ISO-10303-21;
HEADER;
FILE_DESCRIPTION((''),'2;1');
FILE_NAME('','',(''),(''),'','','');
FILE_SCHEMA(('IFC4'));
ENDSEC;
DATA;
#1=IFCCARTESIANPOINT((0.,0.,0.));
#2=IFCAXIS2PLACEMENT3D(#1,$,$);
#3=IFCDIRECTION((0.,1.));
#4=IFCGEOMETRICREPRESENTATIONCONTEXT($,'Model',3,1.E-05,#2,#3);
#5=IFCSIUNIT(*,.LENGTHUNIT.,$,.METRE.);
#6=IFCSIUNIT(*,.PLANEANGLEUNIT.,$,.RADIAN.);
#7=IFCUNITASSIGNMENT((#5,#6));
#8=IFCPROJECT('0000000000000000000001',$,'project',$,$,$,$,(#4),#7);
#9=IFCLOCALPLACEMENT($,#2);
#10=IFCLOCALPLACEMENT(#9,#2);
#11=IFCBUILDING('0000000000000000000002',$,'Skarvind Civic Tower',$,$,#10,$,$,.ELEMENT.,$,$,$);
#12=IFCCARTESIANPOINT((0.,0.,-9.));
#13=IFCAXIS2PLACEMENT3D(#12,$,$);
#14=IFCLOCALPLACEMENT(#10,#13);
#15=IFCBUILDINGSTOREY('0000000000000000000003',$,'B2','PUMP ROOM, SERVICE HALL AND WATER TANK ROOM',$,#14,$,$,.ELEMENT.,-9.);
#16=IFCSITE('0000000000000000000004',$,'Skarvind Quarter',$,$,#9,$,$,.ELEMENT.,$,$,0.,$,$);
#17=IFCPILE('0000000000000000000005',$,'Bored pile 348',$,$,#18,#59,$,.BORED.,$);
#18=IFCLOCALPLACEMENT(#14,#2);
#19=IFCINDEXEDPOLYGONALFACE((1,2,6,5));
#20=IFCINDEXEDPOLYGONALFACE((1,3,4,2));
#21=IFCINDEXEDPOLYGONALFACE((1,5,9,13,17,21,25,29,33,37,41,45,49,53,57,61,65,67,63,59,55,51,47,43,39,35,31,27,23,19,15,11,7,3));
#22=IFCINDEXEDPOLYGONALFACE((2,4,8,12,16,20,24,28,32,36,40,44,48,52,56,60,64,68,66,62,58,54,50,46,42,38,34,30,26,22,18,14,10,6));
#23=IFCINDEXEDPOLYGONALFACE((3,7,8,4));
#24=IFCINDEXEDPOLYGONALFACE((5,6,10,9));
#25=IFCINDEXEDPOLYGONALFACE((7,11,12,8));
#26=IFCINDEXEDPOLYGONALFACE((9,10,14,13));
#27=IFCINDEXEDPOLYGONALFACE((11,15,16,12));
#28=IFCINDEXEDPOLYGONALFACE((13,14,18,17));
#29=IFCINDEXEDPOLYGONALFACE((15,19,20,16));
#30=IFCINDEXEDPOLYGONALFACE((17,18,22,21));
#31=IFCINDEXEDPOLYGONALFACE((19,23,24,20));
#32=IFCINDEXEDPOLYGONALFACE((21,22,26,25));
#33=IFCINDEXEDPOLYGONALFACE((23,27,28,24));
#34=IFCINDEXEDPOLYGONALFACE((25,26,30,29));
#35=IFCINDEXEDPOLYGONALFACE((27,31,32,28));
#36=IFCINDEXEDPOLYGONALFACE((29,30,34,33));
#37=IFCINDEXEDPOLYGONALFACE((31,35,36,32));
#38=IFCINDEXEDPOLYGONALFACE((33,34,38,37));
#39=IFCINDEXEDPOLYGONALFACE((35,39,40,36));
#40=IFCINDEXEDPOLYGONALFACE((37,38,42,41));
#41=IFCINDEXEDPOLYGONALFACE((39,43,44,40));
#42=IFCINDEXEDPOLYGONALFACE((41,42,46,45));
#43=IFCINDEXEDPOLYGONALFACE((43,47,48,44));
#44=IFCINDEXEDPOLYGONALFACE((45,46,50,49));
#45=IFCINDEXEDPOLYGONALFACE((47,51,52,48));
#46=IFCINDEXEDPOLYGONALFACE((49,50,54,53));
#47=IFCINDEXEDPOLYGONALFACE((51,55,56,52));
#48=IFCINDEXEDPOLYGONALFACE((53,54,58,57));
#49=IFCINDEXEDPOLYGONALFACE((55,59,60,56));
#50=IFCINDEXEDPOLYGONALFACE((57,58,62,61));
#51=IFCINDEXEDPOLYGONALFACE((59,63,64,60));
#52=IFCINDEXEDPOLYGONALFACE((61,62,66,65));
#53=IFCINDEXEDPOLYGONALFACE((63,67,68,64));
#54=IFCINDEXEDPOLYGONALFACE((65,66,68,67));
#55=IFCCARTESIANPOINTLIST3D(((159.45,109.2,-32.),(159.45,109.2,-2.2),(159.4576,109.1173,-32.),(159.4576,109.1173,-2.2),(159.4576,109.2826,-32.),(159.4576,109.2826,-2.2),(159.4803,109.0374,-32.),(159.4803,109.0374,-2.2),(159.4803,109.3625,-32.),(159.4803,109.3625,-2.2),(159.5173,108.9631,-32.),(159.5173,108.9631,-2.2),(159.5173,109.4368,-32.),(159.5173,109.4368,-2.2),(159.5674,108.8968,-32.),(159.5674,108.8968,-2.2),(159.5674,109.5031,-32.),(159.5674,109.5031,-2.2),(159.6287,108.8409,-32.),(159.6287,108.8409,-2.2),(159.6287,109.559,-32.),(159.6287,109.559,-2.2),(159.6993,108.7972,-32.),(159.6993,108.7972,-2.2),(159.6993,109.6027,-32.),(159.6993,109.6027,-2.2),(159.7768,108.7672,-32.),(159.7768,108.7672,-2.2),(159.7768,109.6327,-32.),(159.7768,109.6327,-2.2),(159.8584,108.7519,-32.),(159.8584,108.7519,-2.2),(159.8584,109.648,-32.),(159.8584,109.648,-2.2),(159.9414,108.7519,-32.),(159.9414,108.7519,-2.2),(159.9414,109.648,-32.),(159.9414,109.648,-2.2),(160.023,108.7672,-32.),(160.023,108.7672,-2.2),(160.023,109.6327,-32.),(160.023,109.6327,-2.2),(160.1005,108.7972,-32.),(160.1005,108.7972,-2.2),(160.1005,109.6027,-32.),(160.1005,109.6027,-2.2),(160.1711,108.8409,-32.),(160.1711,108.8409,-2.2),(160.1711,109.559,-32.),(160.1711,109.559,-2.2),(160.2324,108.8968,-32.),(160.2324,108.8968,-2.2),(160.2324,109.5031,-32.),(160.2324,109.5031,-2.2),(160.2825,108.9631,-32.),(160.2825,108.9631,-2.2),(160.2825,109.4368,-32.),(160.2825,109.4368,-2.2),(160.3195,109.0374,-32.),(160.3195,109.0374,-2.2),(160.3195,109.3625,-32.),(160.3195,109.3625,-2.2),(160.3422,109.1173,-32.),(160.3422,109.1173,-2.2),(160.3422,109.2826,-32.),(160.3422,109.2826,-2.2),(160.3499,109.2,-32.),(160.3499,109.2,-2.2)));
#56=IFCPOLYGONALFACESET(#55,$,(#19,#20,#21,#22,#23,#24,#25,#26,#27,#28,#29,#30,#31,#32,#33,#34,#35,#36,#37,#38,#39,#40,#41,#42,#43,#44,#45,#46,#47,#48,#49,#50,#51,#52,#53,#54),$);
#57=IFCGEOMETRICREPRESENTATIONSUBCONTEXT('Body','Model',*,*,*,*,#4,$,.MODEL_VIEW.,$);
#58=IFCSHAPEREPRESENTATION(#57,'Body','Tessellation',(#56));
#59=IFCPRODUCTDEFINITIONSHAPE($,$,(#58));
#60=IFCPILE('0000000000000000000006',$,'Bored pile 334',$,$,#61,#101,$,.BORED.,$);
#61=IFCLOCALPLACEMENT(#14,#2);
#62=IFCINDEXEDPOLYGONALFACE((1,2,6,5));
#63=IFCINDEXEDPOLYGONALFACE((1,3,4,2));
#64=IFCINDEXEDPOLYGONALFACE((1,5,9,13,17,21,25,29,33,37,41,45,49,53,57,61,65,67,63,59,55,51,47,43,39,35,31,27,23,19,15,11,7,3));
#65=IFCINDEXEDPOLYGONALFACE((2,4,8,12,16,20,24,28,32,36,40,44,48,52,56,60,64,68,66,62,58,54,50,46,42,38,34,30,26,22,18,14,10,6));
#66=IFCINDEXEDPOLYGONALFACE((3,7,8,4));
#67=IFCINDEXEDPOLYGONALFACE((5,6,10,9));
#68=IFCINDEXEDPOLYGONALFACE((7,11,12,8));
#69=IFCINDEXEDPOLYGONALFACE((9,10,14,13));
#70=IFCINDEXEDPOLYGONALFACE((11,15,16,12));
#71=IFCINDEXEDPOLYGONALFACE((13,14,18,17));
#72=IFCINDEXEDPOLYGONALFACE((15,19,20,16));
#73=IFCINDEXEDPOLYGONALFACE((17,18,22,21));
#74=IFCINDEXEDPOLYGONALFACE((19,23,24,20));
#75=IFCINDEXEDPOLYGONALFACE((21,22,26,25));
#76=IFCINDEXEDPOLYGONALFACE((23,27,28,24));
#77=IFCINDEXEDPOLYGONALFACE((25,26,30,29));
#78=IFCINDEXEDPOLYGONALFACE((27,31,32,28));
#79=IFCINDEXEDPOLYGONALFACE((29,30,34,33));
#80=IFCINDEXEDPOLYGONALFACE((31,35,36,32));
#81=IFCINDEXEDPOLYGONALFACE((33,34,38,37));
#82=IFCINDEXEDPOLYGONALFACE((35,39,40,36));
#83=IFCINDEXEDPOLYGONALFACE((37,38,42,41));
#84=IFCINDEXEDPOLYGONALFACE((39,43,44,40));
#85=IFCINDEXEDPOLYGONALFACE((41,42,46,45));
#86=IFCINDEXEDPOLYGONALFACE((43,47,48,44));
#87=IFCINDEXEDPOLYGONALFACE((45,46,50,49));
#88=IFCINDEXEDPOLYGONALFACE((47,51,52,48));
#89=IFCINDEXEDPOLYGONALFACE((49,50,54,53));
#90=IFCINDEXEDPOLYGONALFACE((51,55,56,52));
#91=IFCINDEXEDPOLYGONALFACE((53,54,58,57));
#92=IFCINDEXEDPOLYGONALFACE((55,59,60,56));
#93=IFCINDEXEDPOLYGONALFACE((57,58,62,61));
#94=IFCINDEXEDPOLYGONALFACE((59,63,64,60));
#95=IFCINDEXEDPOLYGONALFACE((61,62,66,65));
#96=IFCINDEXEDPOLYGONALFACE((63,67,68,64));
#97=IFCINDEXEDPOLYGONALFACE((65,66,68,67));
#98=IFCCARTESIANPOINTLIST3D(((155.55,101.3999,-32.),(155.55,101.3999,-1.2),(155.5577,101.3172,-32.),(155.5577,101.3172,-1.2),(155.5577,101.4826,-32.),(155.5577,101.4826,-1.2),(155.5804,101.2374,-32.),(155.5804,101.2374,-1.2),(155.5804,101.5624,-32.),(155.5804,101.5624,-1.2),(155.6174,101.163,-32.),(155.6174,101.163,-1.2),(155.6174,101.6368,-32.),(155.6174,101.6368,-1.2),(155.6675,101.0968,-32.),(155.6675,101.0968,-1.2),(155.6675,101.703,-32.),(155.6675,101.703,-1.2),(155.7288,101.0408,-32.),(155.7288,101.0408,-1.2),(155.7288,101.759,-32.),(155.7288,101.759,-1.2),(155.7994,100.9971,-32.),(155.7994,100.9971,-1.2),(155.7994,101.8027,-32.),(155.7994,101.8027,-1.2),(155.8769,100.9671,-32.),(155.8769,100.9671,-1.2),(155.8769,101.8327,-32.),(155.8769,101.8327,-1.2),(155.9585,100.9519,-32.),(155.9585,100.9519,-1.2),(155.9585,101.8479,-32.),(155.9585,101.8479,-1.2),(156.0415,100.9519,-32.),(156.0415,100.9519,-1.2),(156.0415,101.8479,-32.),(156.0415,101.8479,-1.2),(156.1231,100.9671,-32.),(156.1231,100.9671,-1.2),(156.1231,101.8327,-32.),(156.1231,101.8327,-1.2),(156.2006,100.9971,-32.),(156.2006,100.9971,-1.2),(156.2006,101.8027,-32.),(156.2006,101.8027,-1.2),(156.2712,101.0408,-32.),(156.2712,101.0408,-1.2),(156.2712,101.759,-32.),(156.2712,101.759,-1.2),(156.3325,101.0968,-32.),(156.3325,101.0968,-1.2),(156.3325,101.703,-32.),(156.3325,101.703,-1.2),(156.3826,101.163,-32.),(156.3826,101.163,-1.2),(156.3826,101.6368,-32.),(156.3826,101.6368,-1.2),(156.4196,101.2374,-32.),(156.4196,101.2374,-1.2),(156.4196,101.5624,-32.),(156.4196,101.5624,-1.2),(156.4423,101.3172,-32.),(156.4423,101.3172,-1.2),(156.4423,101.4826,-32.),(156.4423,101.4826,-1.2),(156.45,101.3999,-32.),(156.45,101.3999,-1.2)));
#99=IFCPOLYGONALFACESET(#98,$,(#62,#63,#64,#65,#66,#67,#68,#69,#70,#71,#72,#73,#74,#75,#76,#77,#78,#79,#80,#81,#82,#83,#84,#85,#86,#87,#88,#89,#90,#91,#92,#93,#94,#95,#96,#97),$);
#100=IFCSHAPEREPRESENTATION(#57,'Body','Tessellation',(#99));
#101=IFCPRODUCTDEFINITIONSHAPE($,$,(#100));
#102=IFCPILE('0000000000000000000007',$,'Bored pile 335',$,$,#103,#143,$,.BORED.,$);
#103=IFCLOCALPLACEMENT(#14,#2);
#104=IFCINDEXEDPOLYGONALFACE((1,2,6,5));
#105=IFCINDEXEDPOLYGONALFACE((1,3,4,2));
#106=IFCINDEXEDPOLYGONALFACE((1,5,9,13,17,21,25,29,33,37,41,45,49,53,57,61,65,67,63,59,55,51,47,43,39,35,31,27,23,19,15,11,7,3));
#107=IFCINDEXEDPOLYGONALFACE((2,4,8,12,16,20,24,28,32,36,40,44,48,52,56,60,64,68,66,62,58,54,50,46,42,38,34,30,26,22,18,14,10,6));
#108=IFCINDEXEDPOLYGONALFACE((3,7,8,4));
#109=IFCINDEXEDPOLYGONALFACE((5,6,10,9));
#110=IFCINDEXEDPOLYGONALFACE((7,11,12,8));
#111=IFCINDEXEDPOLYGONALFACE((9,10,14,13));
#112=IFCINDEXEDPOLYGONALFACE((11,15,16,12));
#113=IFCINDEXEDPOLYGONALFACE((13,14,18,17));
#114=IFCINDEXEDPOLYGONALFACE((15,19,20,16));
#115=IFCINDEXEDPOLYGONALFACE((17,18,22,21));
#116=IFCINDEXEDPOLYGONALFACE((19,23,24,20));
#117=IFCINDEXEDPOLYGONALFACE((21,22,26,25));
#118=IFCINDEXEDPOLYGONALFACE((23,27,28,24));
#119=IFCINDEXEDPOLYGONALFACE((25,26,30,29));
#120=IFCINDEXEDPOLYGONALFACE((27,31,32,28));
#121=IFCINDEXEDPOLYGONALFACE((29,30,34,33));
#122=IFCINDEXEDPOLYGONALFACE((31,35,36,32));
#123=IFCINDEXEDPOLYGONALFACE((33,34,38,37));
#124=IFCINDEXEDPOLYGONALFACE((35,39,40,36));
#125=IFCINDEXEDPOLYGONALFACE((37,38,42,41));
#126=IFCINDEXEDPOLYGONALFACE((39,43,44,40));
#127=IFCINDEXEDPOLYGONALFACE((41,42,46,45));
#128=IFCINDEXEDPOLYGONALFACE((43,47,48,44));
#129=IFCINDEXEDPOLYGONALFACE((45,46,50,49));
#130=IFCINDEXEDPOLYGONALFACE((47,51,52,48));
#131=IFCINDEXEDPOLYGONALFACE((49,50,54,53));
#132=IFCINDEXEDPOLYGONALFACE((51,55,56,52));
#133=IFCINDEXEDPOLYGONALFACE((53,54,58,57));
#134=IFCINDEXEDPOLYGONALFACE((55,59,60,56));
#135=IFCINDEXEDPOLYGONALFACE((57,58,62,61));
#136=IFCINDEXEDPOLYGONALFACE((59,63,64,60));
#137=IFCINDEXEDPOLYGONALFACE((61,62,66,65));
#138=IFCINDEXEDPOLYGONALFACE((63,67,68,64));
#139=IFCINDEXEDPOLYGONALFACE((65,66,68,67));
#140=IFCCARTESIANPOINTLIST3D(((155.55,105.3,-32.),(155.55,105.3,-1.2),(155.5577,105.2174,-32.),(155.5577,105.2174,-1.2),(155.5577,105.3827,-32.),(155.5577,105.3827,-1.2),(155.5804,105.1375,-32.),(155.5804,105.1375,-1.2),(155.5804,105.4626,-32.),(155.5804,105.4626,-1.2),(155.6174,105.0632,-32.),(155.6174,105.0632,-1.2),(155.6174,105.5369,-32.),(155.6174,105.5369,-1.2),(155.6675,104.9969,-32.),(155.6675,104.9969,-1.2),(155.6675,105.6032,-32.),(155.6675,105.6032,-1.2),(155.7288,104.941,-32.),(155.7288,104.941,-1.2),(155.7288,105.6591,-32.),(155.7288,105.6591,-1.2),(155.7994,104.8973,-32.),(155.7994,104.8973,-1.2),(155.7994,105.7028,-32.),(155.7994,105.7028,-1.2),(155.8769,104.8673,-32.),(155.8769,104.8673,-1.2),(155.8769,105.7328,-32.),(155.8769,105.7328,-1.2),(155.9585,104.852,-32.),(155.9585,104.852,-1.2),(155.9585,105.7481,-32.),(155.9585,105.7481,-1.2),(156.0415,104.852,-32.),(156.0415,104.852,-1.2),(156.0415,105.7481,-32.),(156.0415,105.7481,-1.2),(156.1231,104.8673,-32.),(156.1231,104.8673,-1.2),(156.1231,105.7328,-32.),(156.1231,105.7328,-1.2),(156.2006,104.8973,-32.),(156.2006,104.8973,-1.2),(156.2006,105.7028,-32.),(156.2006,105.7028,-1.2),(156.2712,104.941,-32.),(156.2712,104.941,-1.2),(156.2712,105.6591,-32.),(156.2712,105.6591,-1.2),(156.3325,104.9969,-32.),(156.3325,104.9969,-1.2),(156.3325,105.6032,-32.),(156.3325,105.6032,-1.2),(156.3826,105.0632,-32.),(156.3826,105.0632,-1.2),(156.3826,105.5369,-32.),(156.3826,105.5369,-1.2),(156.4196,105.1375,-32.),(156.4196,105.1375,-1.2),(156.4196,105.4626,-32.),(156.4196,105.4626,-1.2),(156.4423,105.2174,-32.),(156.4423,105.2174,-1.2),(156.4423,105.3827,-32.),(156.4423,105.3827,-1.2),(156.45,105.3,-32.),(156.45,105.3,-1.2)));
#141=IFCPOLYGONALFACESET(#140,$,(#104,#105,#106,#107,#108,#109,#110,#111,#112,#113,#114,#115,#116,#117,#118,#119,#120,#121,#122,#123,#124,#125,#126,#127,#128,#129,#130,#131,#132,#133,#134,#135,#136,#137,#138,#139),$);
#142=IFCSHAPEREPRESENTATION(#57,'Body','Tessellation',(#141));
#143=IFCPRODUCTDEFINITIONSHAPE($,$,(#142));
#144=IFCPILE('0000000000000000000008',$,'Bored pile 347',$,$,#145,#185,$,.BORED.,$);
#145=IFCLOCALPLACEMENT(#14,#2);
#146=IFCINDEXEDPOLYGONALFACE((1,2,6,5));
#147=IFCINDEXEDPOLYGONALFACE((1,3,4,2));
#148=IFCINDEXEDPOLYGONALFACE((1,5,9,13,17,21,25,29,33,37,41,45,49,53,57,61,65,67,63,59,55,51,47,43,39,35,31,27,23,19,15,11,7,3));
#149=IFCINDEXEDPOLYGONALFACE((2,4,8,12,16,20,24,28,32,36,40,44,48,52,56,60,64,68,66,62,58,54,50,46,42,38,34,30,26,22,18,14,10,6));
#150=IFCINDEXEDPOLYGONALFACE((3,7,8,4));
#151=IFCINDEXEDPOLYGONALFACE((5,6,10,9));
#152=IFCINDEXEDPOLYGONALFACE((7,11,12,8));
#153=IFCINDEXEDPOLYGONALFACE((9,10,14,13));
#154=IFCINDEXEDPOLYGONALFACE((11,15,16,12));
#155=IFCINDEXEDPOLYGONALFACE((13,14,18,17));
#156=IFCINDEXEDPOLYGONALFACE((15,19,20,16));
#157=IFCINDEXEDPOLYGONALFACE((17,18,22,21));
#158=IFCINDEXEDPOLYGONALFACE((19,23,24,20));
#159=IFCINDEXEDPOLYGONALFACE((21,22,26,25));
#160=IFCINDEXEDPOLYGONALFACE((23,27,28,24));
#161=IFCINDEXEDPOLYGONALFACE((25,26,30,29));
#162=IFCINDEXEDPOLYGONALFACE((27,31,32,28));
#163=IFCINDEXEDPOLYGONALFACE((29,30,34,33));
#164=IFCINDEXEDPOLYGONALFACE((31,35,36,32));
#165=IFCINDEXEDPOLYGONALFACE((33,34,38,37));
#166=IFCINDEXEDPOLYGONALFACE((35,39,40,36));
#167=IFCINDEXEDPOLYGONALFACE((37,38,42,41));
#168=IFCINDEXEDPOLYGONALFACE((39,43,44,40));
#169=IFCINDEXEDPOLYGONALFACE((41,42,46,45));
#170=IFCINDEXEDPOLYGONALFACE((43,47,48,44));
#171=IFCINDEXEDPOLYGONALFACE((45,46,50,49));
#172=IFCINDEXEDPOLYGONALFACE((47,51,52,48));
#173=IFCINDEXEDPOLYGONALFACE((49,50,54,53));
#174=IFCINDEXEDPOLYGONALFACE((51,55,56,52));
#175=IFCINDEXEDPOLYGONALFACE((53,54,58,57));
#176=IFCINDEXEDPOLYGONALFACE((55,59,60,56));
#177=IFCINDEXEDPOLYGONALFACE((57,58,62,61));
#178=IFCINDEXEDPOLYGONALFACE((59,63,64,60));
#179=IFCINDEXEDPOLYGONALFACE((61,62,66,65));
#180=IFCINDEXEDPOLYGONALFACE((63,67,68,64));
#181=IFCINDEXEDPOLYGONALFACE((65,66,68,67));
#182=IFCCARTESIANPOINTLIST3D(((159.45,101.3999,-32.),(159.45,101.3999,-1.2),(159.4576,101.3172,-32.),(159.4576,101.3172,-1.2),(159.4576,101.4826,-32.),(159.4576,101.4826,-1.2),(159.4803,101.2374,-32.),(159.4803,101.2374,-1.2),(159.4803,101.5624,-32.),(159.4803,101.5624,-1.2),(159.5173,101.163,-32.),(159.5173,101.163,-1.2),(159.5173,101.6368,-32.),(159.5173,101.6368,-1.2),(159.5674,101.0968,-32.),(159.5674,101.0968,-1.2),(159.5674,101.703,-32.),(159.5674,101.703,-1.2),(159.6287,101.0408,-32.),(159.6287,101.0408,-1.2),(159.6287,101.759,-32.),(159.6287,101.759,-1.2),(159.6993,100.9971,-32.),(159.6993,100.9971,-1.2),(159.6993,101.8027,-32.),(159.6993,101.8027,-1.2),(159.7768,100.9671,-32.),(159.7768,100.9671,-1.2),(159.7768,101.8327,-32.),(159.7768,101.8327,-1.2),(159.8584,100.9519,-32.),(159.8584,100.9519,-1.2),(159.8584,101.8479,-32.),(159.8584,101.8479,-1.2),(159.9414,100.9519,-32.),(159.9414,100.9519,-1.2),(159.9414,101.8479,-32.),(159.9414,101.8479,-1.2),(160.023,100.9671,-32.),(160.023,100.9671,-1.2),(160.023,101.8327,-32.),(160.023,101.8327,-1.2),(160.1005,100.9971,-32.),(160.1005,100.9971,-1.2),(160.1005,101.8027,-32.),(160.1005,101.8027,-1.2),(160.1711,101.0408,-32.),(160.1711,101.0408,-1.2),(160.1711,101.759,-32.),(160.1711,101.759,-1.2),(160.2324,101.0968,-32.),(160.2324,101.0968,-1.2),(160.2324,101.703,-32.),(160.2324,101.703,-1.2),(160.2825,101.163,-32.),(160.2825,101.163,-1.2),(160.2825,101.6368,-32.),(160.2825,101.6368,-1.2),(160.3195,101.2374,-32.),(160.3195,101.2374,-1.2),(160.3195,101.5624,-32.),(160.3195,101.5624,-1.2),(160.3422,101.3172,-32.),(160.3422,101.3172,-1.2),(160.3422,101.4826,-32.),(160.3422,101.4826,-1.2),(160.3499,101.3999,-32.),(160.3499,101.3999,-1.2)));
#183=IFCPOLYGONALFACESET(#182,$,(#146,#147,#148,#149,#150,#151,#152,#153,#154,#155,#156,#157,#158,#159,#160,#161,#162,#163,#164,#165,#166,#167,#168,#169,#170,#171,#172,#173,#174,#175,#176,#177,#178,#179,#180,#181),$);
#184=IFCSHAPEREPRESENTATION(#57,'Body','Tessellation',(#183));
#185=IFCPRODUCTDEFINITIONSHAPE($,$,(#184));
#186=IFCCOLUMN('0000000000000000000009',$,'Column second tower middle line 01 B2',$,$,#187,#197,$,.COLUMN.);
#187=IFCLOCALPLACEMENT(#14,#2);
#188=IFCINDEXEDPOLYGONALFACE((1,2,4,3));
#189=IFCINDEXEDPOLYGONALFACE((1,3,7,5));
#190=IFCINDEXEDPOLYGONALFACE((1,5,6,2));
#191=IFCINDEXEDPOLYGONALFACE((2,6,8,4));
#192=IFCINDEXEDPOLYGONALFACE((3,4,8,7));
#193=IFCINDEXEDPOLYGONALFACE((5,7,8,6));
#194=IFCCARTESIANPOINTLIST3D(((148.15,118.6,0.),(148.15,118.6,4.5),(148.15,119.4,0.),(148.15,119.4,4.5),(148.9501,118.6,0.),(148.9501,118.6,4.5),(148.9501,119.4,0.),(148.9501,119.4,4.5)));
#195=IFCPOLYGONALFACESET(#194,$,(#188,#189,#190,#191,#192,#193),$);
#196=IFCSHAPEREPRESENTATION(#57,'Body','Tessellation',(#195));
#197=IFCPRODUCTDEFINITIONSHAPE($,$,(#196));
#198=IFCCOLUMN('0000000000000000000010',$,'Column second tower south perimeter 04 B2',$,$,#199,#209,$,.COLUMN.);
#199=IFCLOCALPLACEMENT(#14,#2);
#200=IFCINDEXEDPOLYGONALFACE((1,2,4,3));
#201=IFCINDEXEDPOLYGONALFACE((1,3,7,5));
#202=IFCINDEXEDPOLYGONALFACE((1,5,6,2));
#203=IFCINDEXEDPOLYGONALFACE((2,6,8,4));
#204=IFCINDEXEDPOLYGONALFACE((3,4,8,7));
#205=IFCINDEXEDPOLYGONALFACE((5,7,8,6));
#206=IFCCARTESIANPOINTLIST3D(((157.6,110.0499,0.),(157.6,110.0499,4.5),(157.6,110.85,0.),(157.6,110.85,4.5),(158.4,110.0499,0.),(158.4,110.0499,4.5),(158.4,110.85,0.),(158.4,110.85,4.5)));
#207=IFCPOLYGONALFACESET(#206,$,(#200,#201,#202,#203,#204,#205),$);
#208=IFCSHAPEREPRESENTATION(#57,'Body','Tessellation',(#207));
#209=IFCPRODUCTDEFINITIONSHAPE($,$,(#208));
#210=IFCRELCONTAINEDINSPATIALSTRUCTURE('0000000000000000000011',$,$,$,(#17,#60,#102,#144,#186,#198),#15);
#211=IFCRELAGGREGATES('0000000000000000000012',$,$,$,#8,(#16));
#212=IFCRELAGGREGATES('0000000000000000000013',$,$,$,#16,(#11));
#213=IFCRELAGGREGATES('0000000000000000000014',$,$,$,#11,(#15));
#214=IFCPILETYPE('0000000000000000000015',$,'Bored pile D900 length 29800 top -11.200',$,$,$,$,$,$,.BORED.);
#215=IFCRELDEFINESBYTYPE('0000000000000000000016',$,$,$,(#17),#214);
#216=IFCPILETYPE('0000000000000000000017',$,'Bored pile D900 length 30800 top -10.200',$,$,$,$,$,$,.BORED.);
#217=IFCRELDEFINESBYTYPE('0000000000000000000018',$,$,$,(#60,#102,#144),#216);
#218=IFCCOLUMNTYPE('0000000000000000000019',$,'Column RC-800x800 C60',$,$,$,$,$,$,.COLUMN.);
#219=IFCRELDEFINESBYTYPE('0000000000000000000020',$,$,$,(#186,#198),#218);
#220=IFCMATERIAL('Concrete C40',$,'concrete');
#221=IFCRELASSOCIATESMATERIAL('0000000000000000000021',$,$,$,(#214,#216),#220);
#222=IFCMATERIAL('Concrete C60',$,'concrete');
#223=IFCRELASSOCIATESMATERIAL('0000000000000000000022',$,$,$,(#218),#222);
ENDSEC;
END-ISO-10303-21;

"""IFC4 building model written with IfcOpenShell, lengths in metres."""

from ifc_helpers import new_model, si_unit, direction, frame, origin, origin_2d, place, context, subcontext, project, spatial, rectangle, circle, extrude, material, material_profile, profile_set, type_object, element, save


model = new_model("IFC4")

# Units and contexts
model_context = context("Model", 3, precision=1e-05, world=origin(), true_north=direction((0.0, 1.0)))
body_context = subcontext(model_context, "Body", "Model", "MODEL_VIEW")
ifc_project = project(units=[si_unit("LENGTHUNIT", "METRE"), si_unit("PLANEANGLEUNIT", "RADIAN")], contexts=[model_context])

# Site, building, storey
site_placement = place(None, origin())
site = spatial("IfcSite", under=ifc_project, at=site_placement, Name="Skarvind Quarter", CompositionType="ELEMENT", RefElevation=0.0)
building_placement = place(site_placement, origin())
building = spatial("IfcBuilding", under=site, at=building_placement, Name="Skarvind Civic Tower", CompositionType="ELEMENT")
storey_placement = place(building_placement, frame((0.0, 0.0, -9.0)))
storey = spatial("IfcBuildingStorey", under=building, at=storey_placement, Name="B2", Description="PUMP ROOM, SERVICE HALL AND WATER TANK ROOM", CompositionType="ELEMENT", Elevation=-9.0)

# Piles
ifc_material_1 = material(Name="Concrete C40", Category="concrete")
pile_type_1 = type_object("IfcPileType", Name="Bored pile D900 length 29800 top -11.200", PredefinedType="BORED", material=ifc_material_1)
for number, where, z_axis, x_axis, name in (
    (1, (159.8999, 109.2, -2.2), (0.0, 0.0, -1.0), (1.0, 0.0, 0.0), "Bored pile 348"),
):
    element("IfcPile", number, at=place(storey_placement, frame(where, z_axis=z_axis, x_axis=x_axis)), inside=storey, type_object=pile_type_1, Name=name, PredefinedType="BORED", context=body_context, shape_type="SweptSolid", body=[
        extrude(circle(Radius=0.45, at=origin_2d()), origin(), (0.0, 0.0, 1.0), 29.8),
    ])
pile_type_2 = type_object("IfcPileType", Name="Bored pile D900 length 30800 top -10.200", PredefinedType="BORED", material=ifc_material_1)
for number, where, z_axis, x_axis, name in (
    (2, (156.0, 101.3999, -1.2), (0.0, 0.0, -1.0), (1.0, 0.0, 0.0), "Bored pile 334"),
    (3, (156.0, 105.3, -1.2), (0.0, 0.0, -1.0), (1.0, 0.0, 0.0), "Bored pile 335"),
    (4, (159.8999, 101.3999, -1.2), (0.0, 0.0, -1.0), (1.0, 0.0, 0.0), "Bored pile 347"),
):
    element("IfcPile", number, at=place(storey_placement, frame(where, z_axis=z_axis, x_axis=x_axis)), inside=storey, type_object=pile_type_2, Name=name, PredefinedType="BORED", context=body_context, shape_type="SweptSolid", body=[
        extrude(circle(Radius=0.45, at=origin_2d()), origin(), (0.0, 0.0, 1.0), 30.8),
    ])

# Columns
ifc_material_2 = material(Name="Concrete C60", Category="concrete")
ifc_material_profile_1 = material_profile(ifc_material_2, rectangle(XDim=0.8, YDim=0.8, at=origin_2d()), Name="RC-800x800")
ifc_profile_set_1 = profile_set([ifc_material_profile_1], Name="Concrete C60")
column_type_1 = type_object("IfcColumnType", Name="Column RC-800x800 C60", PredefinedType="COLUMN", material=ifc_profile_set_1)
for number, where, z_axis, x_axis, name in (
    (5, (148.55, 119.0, 0.0), (0.0, 0.0, 1.0), (1.0, 0.0, 0.0), "Column second tower middle line 01 B2"),
    (6, (158.0, 110.45, 0.0), (0.0, 0.0, 1.0), (1.0, 0.0, 0.0), "Column second tower south perimeter 04 B2"),
):
    element("IfcColumn", number, at=place(storey_placement, frame(where, z_axis=z_axis, x_axis=x_axis)), inside=storey, type_object=column_type_1, Name=name, PredefinedType="COLUMN", context=body_context, shape_type="SweptSolid", body=[
        extrude(rectangle(XDim=0.8, YDim=0.8, at=origin_2d()), origin(), (0.0, 0.0, 1.0), 4.5),
    ])

save(model, "model.ifc")
